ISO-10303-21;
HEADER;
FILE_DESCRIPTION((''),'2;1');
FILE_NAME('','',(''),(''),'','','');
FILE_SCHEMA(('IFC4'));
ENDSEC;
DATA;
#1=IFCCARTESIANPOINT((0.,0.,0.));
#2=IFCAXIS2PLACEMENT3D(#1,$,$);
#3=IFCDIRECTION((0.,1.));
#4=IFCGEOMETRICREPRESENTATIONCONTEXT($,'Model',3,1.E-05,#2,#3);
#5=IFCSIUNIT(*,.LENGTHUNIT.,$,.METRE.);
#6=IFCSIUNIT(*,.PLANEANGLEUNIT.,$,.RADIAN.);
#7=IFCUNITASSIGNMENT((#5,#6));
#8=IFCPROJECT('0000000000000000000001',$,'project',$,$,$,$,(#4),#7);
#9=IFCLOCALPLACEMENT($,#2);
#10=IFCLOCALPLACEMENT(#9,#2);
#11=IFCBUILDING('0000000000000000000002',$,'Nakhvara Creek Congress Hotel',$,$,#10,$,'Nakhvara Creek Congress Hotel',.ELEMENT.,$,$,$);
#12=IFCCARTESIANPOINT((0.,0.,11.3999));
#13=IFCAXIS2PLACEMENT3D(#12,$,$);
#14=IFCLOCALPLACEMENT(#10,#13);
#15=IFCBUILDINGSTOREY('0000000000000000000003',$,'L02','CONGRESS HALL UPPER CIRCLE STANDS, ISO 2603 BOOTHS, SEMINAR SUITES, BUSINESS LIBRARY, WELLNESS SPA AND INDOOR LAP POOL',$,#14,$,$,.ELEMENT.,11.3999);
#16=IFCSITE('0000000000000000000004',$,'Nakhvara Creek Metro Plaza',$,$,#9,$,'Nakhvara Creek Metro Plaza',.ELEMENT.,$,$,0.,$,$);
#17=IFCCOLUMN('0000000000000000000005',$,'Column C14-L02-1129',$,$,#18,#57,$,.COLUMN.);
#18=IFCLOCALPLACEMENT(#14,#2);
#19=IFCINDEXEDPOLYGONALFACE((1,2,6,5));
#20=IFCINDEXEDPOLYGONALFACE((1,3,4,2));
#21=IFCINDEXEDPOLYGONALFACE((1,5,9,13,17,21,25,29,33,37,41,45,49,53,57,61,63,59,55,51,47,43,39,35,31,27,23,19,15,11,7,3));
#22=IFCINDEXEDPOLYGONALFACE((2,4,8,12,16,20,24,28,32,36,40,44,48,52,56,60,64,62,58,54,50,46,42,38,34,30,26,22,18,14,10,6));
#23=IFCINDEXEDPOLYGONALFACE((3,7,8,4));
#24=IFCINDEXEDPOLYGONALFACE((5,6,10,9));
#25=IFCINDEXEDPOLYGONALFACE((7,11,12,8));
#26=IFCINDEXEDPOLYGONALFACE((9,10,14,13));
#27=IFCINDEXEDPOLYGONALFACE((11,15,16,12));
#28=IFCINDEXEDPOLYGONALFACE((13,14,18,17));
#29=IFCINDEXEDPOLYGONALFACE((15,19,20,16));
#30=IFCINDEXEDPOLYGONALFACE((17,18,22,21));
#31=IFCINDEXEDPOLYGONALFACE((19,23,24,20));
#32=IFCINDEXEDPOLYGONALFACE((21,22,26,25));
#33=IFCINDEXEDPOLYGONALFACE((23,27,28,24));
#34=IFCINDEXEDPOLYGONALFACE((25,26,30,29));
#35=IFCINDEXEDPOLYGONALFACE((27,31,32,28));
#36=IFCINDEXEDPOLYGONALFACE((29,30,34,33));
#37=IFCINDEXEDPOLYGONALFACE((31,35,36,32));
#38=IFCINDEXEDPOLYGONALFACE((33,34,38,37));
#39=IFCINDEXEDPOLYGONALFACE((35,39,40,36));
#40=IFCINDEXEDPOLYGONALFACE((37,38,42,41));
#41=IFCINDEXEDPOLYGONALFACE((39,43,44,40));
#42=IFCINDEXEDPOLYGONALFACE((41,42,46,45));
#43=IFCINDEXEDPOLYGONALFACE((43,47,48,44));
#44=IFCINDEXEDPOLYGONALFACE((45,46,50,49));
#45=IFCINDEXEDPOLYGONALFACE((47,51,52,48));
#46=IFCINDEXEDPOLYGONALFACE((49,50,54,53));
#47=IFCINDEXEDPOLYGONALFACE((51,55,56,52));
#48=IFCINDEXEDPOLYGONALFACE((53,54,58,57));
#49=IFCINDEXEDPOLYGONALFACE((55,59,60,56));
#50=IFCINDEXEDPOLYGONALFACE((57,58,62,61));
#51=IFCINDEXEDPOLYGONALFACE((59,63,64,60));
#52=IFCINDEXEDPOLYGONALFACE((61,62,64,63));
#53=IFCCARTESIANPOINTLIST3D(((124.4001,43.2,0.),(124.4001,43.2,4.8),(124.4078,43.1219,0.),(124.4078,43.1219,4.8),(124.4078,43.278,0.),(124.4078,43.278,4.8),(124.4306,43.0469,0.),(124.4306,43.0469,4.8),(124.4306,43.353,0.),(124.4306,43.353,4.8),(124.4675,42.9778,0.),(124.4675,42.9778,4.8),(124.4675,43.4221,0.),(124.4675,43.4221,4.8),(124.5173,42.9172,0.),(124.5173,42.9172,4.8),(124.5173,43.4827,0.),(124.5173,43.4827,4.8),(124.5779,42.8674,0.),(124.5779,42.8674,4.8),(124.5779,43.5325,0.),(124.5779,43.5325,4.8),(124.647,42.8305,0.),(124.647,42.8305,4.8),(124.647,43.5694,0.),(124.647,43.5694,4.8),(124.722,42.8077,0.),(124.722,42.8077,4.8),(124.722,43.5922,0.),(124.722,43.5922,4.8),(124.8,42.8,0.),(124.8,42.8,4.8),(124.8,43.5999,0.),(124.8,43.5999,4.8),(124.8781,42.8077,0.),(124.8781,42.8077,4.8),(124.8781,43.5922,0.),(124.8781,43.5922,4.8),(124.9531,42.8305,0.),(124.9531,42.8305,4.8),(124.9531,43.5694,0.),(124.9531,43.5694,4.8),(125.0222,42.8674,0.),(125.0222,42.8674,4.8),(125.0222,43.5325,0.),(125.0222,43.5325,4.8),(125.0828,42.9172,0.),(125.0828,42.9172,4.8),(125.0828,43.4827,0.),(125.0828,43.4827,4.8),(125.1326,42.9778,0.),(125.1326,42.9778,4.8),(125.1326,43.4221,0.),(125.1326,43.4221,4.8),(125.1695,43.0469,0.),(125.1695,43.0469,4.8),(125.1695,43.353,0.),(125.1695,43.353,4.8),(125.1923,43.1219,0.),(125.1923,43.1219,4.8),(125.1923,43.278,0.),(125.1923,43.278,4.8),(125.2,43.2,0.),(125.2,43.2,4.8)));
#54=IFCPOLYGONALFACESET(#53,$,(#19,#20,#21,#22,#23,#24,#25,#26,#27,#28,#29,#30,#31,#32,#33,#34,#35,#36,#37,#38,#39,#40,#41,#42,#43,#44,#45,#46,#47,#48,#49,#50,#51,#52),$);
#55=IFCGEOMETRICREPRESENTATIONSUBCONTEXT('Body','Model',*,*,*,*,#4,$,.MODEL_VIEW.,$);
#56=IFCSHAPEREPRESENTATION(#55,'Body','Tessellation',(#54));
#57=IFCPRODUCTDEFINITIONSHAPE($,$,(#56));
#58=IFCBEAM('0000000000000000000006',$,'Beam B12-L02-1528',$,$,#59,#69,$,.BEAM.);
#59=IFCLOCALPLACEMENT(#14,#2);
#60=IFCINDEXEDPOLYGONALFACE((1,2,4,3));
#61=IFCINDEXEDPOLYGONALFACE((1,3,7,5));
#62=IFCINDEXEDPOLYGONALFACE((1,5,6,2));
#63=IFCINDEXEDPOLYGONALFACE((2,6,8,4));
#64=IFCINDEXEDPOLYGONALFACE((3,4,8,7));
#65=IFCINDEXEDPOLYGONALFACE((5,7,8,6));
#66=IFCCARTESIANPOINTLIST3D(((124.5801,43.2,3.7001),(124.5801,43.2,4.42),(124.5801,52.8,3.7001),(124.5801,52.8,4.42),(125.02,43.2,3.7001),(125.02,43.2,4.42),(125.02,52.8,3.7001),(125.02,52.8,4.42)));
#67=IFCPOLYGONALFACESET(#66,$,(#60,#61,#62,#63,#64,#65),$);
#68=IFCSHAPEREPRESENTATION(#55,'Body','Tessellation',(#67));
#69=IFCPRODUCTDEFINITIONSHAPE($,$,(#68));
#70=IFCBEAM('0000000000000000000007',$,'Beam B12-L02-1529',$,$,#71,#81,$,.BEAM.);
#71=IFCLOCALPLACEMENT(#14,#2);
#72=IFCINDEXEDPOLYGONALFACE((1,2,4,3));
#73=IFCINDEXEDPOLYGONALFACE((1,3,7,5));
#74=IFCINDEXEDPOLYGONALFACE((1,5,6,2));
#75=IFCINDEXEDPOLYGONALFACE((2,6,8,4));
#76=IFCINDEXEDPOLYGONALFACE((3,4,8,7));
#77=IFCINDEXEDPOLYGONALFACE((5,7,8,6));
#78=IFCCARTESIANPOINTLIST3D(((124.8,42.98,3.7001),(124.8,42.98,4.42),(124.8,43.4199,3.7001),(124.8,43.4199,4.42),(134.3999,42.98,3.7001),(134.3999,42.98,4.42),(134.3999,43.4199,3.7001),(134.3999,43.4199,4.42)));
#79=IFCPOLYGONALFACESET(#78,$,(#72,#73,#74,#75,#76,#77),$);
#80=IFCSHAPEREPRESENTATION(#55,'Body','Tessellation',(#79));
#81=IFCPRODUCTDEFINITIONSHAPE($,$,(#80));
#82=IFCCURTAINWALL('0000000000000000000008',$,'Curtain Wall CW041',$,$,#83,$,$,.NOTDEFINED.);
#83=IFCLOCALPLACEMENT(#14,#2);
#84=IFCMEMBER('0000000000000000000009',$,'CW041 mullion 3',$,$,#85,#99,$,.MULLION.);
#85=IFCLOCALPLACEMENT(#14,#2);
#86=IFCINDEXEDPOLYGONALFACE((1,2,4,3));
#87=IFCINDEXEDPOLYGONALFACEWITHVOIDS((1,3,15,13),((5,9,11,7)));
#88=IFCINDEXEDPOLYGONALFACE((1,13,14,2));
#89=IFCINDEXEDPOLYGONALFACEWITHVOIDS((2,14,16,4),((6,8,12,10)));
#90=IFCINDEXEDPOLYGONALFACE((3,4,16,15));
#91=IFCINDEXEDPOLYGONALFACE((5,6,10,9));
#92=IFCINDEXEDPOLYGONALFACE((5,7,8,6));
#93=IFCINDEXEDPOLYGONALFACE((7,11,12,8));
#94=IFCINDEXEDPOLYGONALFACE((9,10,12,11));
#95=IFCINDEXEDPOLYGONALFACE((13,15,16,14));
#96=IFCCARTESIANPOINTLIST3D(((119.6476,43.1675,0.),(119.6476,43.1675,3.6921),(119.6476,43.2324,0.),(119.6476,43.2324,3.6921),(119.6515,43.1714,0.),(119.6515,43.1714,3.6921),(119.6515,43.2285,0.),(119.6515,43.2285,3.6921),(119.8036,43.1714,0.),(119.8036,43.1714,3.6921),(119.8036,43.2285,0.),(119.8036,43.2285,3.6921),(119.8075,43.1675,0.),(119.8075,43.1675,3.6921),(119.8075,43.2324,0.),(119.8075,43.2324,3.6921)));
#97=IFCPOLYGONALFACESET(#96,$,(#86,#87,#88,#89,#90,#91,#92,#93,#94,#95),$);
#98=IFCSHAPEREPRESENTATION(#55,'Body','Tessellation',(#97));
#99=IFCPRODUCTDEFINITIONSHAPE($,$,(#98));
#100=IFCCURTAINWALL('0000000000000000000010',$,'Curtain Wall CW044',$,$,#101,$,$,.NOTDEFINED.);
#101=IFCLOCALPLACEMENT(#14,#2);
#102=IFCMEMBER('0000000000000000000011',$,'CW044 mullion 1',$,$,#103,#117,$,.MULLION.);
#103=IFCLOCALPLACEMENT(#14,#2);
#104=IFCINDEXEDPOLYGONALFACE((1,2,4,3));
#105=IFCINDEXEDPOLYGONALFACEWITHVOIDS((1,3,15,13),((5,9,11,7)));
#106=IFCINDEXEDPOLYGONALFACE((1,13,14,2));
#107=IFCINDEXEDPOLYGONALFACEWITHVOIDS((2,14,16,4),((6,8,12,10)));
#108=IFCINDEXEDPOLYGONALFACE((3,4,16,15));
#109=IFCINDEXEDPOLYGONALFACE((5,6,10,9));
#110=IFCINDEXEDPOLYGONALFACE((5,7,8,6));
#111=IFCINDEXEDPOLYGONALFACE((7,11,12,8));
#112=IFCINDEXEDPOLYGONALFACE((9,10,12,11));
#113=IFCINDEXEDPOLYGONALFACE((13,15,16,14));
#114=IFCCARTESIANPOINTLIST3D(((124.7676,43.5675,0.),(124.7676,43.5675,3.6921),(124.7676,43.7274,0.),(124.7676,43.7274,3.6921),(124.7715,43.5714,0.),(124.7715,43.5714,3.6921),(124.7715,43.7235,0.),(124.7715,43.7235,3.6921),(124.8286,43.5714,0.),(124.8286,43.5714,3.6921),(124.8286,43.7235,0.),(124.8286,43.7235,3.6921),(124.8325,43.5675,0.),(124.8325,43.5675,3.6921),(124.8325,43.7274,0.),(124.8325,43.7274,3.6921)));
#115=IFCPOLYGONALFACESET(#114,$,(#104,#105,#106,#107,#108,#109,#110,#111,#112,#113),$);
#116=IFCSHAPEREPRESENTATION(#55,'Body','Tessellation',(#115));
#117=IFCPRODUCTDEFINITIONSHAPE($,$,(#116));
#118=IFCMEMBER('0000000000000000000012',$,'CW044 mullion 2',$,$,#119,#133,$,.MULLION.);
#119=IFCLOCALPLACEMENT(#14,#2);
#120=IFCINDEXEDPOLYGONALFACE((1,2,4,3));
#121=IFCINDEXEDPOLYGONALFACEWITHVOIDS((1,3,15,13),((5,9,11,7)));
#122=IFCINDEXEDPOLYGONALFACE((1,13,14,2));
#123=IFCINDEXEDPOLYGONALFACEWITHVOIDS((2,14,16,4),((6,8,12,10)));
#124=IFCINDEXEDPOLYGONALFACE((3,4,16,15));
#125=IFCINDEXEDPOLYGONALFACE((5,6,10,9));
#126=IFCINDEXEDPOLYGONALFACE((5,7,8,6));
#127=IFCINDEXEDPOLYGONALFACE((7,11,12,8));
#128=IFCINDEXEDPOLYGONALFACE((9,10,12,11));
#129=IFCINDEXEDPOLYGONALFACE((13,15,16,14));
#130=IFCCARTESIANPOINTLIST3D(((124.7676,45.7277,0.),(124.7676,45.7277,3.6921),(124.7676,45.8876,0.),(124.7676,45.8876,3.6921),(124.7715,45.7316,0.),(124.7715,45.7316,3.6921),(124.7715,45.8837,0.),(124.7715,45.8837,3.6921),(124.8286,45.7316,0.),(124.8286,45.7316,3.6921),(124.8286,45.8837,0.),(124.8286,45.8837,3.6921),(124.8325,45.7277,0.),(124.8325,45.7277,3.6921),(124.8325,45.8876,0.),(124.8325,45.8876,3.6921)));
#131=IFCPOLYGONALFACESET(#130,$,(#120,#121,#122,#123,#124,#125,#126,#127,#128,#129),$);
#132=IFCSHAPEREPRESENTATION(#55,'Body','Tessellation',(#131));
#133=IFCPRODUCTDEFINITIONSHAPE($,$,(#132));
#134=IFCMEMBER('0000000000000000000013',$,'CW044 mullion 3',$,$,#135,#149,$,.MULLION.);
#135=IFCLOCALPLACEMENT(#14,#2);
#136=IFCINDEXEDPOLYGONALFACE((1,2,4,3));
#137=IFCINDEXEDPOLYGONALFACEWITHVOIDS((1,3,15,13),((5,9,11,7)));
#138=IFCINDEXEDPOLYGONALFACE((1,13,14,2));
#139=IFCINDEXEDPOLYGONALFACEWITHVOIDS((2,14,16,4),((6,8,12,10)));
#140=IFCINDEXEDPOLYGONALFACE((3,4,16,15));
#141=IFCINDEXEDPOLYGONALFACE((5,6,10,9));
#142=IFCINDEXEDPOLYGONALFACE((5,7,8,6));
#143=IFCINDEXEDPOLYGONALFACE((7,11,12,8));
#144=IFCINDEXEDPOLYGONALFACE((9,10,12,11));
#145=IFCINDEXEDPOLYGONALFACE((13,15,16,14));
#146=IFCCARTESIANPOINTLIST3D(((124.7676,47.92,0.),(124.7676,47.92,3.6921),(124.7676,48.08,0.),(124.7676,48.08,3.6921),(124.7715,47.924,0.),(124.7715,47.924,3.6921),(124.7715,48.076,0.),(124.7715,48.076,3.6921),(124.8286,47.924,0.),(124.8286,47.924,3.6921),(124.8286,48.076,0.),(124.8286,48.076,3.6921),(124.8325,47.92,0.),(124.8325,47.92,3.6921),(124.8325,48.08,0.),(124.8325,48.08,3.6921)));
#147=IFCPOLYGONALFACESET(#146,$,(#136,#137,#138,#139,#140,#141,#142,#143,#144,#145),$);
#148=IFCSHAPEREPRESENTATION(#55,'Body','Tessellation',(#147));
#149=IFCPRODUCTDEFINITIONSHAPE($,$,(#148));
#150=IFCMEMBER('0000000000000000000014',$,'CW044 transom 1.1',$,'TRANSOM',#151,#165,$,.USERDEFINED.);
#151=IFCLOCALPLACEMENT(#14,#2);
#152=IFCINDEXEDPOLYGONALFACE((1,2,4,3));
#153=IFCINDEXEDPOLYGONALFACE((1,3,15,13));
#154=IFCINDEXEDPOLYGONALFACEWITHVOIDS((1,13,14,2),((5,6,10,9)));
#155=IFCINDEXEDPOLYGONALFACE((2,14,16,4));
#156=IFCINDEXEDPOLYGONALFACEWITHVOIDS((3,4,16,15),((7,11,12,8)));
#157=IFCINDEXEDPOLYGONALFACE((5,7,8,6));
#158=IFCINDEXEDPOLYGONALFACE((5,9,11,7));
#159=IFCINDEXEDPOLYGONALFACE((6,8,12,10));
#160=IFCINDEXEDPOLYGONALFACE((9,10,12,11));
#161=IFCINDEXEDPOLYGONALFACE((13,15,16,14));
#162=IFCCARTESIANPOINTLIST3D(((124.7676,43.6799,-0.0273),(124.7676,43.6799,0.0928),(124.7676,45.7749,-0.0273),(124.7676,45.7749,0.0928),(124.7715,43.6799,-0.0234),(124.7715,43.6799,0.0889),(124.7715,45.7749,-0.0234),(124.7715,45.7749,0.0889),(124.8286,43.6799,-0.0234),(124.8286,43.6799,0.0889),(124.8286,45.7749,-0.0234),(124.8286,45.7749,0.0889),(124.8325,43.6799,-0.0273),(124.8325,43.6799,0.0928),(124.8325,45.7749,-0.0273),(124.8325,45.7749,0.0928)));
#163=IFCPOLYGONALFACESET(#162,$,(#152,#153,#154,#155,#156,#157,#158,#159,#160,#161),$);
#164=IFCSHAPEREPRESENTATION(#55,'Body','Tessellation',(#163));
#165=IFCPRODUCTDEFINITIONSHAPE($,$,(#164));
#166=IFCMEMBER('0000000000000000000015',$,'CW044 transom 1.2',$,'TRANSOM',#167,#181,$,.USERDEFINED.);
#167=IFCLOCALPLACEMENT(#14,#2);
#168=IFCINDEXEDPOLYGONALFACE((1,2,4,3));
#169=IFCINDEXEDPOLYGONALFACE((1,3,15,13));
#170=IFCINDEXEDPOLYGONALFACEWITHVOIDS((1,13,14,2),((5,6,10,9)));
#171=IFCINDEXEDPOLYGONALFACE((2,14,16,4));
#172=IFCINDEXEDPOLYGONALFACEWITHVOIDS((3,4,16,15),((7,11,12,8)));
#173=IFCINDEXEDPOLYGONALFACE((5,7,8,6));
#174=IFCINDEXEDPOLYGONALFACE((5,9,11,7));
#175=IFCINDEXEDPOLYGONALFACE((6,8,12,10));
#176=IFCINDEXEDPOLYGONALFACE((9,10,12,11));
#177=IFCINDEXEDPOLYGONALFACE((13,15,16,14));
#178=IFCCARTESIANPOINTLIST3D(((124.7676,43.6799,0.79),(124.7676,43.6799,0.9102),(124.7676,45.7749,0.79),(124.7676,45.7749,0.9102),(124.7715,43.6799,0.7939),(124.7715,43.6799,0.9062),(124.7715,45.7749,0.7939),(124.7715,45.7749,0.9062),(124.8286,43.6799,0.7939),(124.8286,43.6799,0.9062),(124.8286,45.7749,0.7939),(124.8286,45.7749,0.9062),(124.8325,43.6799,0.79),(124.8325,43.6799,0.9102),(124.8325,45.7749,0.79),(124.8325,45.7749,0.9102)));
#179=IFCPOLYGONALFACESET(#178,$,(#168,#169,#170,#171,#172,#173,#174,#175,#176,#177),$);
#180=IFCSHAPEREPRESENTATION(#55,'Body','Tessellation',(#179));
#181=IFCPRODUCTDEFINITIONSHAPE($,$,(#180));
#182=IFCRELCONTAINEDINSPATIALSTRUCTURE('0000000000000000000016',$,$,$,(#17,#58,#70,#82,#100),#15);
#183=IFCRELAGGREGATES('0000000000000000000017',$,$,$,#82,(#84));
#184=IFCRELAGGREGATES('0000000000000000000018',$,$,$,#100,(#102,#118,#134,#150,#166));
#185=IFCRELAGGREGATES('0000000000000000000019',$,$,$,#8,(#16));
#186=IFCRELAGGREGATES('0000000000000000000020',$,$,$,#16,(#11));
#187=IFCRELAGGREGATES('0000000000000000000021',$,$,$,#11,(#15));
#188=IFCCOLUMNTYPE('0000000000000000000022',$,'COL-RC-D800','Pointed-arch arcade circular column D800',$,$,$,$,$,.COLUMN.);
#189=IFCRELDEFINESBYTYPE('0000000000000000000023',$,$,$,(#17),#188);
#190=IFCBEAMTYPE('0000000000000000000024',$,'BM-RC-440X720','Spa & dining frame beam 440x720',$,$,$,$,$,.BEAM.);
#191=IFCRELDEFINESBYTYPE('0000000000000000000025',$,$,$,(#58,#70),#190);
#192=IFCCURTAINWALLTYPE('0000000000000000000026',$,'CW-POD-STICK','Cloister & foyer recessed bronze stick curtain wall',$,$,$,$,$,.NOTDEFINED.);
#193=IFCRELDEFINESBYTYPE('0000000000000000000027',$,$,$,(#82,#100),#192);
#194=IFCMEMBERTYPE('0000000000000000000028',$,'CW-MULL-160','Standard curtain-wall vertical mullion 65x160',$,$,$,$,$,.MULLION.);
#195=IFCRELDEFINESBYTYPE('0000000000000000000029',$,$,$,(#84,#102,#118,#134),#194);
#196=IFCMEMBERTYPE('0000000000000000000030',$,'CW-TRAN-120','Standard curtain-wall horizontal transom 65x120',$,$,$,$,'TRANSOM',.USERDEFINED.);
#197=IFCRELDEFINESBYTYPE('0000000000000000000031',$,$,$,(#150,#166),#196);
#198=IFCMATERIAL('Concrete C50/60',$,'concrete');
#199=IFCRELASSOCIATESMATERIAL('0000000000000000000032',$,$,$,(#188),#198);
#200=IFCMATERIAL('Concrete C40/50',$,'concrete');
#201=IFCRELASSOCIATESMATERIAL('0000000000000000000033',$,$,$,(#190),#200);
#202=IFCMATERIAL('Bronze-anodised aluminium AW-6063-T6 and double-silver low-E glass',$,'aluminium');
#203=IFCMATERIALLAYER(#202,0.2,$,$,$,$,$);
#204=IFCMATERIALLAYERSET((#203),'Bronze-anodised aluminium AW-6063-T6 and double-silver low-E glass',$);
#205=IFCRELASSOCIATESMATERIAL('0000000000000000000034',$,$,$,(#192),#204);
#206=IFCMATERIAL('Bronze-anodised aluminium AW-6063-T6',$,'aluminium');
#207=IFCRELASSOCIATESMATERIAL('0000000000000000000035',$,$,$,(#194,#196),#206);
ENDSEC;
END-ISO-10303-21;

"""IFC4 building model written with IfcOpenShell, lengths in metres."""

from ifc_helpers import new_model, si_unit, direction, frame, origin, origin_2d, place, context, subcontext, project, spatial, rectangle, hollow_rectangle, circle, extrude, material, layer, layer_set, material_profile, profile_set, type_object, element, aggregate, save


model = new_model("IFC4")

# Units and contexts
model_context = context("Model", 3, precision=1e-05, world=origin(), true_north=direction((0.0, 1.0)))
body_context = subcontext(model_context, "Body", "Model", "MODEL_VIEW")
ifc_project = project(units=[si_unit("LENGTHUNIT", "METRE"), si_unit("PLANEANGLEUNIT", "RADIAN")], contexts=[model_context])

# Site, building, storey
site_placement = place(None, origin())
site = spatial("IfcSite", under=ifc_project, at=site_placement, Name="Nakhvara Creek Metro Plaza", LongName="Nakhvara Creek Metro Plaza", CompositionType="ELEMENT", RefElevation=0.0)
building_placement = place(site_placement, origin())
building = spatial("IfcBuilding", under=site, at=building_placement, Name="Nakhvara Creek Congress Hotel", LongName="Nakhvara Creek Congress Hotel", CompositionType="ELEMENT")
storey_placement = place(building_placement, frame((0.0, 0.0, 11.3999)))
storey = spatial("IfcBuildingStorey", under=building, at=storey_placement, Name="L02", Description="CONGRESS HALL UPPER CIRCLE STANDS, ISO 2603 BOOTHS, SEMINAR SUITES, BUSINESS LIBRARY, WELLNESS SPA AND INDOOR LAP POOL", CompositionType="ELEMENT", Elevation=11.3999)

# Column
ifc_material_1 = material(Name="Concrete C50/60", Category="concrete")
ifc_material_profile_1 = material_profile(ifc_material_1, circle(Radius=0.3999, at=origin_2d()), Name="RC-COL D800", Category="LoadBearing")
ifc_profile_set_1 = profile_set([ifc_material_profile_1], Name="Concrete C50/60")
column_type = type_object("IfcColumnType", Name="COL-RC-D800", Description="Pointed-arch arcade circular column D800", PredefinedType="COLUMN", material=ifc_profile_set_1)
column_placement = place(storey_placement, frame((124.8, 43.2, 0.0), z_axis=(0.0, 0.0, 1.0), x_axis=(1.0, 0.0, 0.0)))
element("IfcColumn", 1, at=column_placement, inside=storey, type_object=column_type, Name="Column C14-L02-1129", PredefinedType="COLUMN", context=body_context, shape_type="SweptSolid", body=[
    extrude(circle(Radius=0.3999, at=origin_2d()), origin(), (0.0, 0.0, 1.0), 4.8),
])

# Beams
ifc_material_2 = material(Name="Concrete C40/50", Category="concrete")
ifc_material_profile_2 = material_profile(ifc_material_2, rectangle(XDim=0.4399, YDim=0.72, at=origin_2d()), Name="RC-BM 440x720", Category="LoadBearing")
ifc_profile_set_2 = profile_set([ifc_material_profile_2], Name="Concrete C40/50")
beam_type = type_object("IfcBeamType", Name="BM-RC-440X720", Description="Spa & dining frame beam 440x720", PredefinedType="BEAM", material=ifc_profile_set_2)
beam_1_placement = place(storey_placement, frame((124.8, 43.2, 4.0601), z_axis=(0.0, 1.0, 0.0), x_axis=(-1.0, 0.0, 0.0)))
element("IfcBeam", 2, at=beam_1_placement, inside=storey, type_object=beam_type, Name="Beam B12-L02-1528", PredefinedType="BEAM", context=body_context, shape_type="SweptSolid", body=[
    extrude(rectangle(XDim=0.4399, YDim=0.72, at=origin_2d()), origin(), (0.0, 0.0, 1.0), 9.6001),
])
beam_2_placement = place(storey_placement, frame((124.8, 43.2, 4.0601), z_axis=(1.0, 0.0, 0.0), x_axis=(0.0, 1.0, 0.0)))
element("IfcBeam", 3, at=beam_2_placement, inside=storey, type_object=beam_type, Name="Beam B12-L02-1529", PredefinedType="BEAM", context=body_context, shape_type="SweptSolid", body=[
    extrude(rectangle(XDim=0.4399, YDim=0.72, at=origin_2d()), origin(), (0.0, 0.0, 1.0), 9.5999),
])

# Curtain wall, member
ifc_material_3 = material(Name="Bronze-anodised aluminium AW-6063-T6 and double-silver low-E glass", Category="aluminium")
ifc_layer = layer(ifc_material_3, 0.2)
ifc_layer_set = layer_set([ifc_layer], Name="Bronze-anodised aluminium AW-6063-T6 and double-silver low-E glass")
curtain_wall_type = type_object("IfcCurtainWallType", Name="CW-POD-STICK", Description="Cloister & foyer recessed bronze stick curtain wall", PredefinedType="NOTDEFINED", material=ifc_layer_set)
curtain_wall_1_placement = place(storey_placement, origin())
curtain_wall_1 = element("IfcCurtainWall", 4, at=curtain_wall_1_placement, inside=storey, type_object=curtain_wall_type, Name="Curtain Wall CW041", PredefinedType="NOTDEFINED")
ifc_material_4 = material(Name="Bronze-anodised aluminium AW-6063-T6", Category="aluminium")
ifc_material_profile_3 = material_profile(ifc_material_4, hollow_rectangle(XDim=0.0649, YDim=0.1599, WallThickness=0.0039, at=origin_2d()), Name="ALU-MULL 65x160x4", Category="LoadBearing")
ifc_profile_set_3 = profile_set([ifc_material_profile_3], Name="Bronze-anodised aluminium AW-6063-T6")
member_type_1 = type_object("IfcMemberType", Name="CW-MULL-160", Description="Standard curtain-wall vertical mullion 65x160", PredefinedType="MULLION", material=ifc_profile_set_3)
member_1_placement = place(storey_placement, frame((119.7275, 43.2, 0.0), z_axis=(0.0, 0.0, 1.0), x_axis=(0.0, 1.0, 0.0)))
member_1 = element("IfcMember", 5, at=member_1_placement, type_object=member_type_1, Name="CW041 mullion 3", PredefinedType="MULLION", context=body_context, shape_type="SweptSolid", body=[
    extrude(hollow_rectangle(XDim=0.0649, YDim=0.1599, WallThickness=0.0039, at=origin_2d()), origin(), (0.0, 0.0, 1.0), 3.6921),
])

# Curtain wall, members
curtain_wall_2_placement = place(storey_placement, origin())
curtain_wall_2 = element("IfcCurtainWall", 6, at=curtain_wall_2_placement, inside=storey, type_object=curtain_wall_type, Name="Curtain Wall CW044", PredefinedType="NOTDEFINED")
member_2_placement = place(storey_placement, frame((124.8, 43.6475, 0.0), z_axis=(0.0, 0.0, 1.0), x_axis=(-1.0, 0.0, 0.0)))
member_2 = element("IfcMember", 7, at=member_2_placement, type_object=member_type_1, Name="CW044 mullion 1", PredefinedType="MULLION", context=body_context, shape_type="SweptSolid", body=[
    extrude(hollow_rectangle(XDim=0.0649, YDim=0.1599, WallThickness=0.0039, at=origin_2d()), origin(), (0.0, 0.0, 1.0), 3.6921),
])
member_3_placement = place(storey_placement, frame((124.8, 45.8076, 0.0), z_axis=(0.0, 0.0, 1.0), x_axis=(-1.0, 0.0, 0.0)))
member_3 = element("IfcMember", 8, at=member_3_placement, type_object=member_type_1, Name="CW044 mullion 2", PredefinedType="MULLION", context=body_context, shape_type="SweptSolid", body=[
    extrude(hollow_rectangle(XDim=0.0649, YDim=0.1599, WallThickness=0.0039, at=origin_2d()), origin(), (0.0, 0.0, 1.0), 3.6921),
])
member_4_placement = place(storey_placement, frame((124.8, 48.0, 0.0), z_axis=(0.0, 0.0, 1.0), x_axis=(-1.0, 0.0, 0.0)))
member_4 = element("IfcMember", 9, at=member_4_placement, type_object=member_type_1, Name="CW044 mullion 3", PredefinedType="MULLION", context=body_context, shape_type="SweptSolid", body=[
    extrude(hollow_rectangle(XDim=0.0649, YDim=0.1599, WallThickness=0.0039, at=origin_2d()), origin(), (0.0, 0.0, 1.0), 3.6921),
])
ifc_material_profile_4 = material_profile(ifc_material_4, hollow_rectangle(XDim=0.0649, YDim=0.1201, WallThickness=0.0039, at=origin_2d()), Name="ALU-TRAN 65x120x4", Category="LoadBearing")
ifc_profile_set_4 = profile_set([ifc_material_profile_4], Name="Bronze-anodised aluminium AW-6063-T6")
member_type_2 = type_object("IfcMemberType", Name="CW-TRAN-120", Description="Standard curtain-wall horizontal transom 65x120", ElementType="TRANSOM", PredefinedType="USERDEFINED", material=ifc_profile_set_4)
member_5_placement = place(storey_placement, frame((124.8, 43.6799, 0.0327), z_axis=(0.0, 1.0, 0.0), x_axis=(-1.0, 0.0, 0.0)))
member_5 = element("IfcMember", 10, at=member_5_placement, type_object=member_type_2, Name="CW044 transom 1.1", ObjectType="TRANSOM", PredefinedType="USERDEFINED", context=body_context, shape_type="SweptSolid", body=[
    extrude(hollow_rectangle(XDim=0.0649, YDim=0.1201, WallThickness=0.0039, at=origin_2d()), origin(), (0.0, 0.0, 1.0), 2.095),
])
member_6_placement = place(storey_placement, frame((124.8, 43.6799, 0.8501), z_axis=(0.0, 1.0, 0.0), x_axis=(-1.0, 0.0, 0.0)))
member_6 = element("IfcMember", 11, at=member_6_placement, type_object=member_type_2, Name="CW044 transom 1.2", ObjectType="TRANSOM", PredefinedType="USERDEFINED", context=body_context, shape_type="SweptSolid", body=[
    extrude(hollow_rectangle(XDim=0.0649, YDim=0.1201, WallThickness=0.0039, at=origin_2d()), origin(), (0.0, 0.0, 1.0), 2.095),
])

aggregate(curtain_wall_1, [member_1])
aggregate(curtain_wall_2, [member_2, member_3, member_4, member_5, member_6])

save(model, "model.ifc")
